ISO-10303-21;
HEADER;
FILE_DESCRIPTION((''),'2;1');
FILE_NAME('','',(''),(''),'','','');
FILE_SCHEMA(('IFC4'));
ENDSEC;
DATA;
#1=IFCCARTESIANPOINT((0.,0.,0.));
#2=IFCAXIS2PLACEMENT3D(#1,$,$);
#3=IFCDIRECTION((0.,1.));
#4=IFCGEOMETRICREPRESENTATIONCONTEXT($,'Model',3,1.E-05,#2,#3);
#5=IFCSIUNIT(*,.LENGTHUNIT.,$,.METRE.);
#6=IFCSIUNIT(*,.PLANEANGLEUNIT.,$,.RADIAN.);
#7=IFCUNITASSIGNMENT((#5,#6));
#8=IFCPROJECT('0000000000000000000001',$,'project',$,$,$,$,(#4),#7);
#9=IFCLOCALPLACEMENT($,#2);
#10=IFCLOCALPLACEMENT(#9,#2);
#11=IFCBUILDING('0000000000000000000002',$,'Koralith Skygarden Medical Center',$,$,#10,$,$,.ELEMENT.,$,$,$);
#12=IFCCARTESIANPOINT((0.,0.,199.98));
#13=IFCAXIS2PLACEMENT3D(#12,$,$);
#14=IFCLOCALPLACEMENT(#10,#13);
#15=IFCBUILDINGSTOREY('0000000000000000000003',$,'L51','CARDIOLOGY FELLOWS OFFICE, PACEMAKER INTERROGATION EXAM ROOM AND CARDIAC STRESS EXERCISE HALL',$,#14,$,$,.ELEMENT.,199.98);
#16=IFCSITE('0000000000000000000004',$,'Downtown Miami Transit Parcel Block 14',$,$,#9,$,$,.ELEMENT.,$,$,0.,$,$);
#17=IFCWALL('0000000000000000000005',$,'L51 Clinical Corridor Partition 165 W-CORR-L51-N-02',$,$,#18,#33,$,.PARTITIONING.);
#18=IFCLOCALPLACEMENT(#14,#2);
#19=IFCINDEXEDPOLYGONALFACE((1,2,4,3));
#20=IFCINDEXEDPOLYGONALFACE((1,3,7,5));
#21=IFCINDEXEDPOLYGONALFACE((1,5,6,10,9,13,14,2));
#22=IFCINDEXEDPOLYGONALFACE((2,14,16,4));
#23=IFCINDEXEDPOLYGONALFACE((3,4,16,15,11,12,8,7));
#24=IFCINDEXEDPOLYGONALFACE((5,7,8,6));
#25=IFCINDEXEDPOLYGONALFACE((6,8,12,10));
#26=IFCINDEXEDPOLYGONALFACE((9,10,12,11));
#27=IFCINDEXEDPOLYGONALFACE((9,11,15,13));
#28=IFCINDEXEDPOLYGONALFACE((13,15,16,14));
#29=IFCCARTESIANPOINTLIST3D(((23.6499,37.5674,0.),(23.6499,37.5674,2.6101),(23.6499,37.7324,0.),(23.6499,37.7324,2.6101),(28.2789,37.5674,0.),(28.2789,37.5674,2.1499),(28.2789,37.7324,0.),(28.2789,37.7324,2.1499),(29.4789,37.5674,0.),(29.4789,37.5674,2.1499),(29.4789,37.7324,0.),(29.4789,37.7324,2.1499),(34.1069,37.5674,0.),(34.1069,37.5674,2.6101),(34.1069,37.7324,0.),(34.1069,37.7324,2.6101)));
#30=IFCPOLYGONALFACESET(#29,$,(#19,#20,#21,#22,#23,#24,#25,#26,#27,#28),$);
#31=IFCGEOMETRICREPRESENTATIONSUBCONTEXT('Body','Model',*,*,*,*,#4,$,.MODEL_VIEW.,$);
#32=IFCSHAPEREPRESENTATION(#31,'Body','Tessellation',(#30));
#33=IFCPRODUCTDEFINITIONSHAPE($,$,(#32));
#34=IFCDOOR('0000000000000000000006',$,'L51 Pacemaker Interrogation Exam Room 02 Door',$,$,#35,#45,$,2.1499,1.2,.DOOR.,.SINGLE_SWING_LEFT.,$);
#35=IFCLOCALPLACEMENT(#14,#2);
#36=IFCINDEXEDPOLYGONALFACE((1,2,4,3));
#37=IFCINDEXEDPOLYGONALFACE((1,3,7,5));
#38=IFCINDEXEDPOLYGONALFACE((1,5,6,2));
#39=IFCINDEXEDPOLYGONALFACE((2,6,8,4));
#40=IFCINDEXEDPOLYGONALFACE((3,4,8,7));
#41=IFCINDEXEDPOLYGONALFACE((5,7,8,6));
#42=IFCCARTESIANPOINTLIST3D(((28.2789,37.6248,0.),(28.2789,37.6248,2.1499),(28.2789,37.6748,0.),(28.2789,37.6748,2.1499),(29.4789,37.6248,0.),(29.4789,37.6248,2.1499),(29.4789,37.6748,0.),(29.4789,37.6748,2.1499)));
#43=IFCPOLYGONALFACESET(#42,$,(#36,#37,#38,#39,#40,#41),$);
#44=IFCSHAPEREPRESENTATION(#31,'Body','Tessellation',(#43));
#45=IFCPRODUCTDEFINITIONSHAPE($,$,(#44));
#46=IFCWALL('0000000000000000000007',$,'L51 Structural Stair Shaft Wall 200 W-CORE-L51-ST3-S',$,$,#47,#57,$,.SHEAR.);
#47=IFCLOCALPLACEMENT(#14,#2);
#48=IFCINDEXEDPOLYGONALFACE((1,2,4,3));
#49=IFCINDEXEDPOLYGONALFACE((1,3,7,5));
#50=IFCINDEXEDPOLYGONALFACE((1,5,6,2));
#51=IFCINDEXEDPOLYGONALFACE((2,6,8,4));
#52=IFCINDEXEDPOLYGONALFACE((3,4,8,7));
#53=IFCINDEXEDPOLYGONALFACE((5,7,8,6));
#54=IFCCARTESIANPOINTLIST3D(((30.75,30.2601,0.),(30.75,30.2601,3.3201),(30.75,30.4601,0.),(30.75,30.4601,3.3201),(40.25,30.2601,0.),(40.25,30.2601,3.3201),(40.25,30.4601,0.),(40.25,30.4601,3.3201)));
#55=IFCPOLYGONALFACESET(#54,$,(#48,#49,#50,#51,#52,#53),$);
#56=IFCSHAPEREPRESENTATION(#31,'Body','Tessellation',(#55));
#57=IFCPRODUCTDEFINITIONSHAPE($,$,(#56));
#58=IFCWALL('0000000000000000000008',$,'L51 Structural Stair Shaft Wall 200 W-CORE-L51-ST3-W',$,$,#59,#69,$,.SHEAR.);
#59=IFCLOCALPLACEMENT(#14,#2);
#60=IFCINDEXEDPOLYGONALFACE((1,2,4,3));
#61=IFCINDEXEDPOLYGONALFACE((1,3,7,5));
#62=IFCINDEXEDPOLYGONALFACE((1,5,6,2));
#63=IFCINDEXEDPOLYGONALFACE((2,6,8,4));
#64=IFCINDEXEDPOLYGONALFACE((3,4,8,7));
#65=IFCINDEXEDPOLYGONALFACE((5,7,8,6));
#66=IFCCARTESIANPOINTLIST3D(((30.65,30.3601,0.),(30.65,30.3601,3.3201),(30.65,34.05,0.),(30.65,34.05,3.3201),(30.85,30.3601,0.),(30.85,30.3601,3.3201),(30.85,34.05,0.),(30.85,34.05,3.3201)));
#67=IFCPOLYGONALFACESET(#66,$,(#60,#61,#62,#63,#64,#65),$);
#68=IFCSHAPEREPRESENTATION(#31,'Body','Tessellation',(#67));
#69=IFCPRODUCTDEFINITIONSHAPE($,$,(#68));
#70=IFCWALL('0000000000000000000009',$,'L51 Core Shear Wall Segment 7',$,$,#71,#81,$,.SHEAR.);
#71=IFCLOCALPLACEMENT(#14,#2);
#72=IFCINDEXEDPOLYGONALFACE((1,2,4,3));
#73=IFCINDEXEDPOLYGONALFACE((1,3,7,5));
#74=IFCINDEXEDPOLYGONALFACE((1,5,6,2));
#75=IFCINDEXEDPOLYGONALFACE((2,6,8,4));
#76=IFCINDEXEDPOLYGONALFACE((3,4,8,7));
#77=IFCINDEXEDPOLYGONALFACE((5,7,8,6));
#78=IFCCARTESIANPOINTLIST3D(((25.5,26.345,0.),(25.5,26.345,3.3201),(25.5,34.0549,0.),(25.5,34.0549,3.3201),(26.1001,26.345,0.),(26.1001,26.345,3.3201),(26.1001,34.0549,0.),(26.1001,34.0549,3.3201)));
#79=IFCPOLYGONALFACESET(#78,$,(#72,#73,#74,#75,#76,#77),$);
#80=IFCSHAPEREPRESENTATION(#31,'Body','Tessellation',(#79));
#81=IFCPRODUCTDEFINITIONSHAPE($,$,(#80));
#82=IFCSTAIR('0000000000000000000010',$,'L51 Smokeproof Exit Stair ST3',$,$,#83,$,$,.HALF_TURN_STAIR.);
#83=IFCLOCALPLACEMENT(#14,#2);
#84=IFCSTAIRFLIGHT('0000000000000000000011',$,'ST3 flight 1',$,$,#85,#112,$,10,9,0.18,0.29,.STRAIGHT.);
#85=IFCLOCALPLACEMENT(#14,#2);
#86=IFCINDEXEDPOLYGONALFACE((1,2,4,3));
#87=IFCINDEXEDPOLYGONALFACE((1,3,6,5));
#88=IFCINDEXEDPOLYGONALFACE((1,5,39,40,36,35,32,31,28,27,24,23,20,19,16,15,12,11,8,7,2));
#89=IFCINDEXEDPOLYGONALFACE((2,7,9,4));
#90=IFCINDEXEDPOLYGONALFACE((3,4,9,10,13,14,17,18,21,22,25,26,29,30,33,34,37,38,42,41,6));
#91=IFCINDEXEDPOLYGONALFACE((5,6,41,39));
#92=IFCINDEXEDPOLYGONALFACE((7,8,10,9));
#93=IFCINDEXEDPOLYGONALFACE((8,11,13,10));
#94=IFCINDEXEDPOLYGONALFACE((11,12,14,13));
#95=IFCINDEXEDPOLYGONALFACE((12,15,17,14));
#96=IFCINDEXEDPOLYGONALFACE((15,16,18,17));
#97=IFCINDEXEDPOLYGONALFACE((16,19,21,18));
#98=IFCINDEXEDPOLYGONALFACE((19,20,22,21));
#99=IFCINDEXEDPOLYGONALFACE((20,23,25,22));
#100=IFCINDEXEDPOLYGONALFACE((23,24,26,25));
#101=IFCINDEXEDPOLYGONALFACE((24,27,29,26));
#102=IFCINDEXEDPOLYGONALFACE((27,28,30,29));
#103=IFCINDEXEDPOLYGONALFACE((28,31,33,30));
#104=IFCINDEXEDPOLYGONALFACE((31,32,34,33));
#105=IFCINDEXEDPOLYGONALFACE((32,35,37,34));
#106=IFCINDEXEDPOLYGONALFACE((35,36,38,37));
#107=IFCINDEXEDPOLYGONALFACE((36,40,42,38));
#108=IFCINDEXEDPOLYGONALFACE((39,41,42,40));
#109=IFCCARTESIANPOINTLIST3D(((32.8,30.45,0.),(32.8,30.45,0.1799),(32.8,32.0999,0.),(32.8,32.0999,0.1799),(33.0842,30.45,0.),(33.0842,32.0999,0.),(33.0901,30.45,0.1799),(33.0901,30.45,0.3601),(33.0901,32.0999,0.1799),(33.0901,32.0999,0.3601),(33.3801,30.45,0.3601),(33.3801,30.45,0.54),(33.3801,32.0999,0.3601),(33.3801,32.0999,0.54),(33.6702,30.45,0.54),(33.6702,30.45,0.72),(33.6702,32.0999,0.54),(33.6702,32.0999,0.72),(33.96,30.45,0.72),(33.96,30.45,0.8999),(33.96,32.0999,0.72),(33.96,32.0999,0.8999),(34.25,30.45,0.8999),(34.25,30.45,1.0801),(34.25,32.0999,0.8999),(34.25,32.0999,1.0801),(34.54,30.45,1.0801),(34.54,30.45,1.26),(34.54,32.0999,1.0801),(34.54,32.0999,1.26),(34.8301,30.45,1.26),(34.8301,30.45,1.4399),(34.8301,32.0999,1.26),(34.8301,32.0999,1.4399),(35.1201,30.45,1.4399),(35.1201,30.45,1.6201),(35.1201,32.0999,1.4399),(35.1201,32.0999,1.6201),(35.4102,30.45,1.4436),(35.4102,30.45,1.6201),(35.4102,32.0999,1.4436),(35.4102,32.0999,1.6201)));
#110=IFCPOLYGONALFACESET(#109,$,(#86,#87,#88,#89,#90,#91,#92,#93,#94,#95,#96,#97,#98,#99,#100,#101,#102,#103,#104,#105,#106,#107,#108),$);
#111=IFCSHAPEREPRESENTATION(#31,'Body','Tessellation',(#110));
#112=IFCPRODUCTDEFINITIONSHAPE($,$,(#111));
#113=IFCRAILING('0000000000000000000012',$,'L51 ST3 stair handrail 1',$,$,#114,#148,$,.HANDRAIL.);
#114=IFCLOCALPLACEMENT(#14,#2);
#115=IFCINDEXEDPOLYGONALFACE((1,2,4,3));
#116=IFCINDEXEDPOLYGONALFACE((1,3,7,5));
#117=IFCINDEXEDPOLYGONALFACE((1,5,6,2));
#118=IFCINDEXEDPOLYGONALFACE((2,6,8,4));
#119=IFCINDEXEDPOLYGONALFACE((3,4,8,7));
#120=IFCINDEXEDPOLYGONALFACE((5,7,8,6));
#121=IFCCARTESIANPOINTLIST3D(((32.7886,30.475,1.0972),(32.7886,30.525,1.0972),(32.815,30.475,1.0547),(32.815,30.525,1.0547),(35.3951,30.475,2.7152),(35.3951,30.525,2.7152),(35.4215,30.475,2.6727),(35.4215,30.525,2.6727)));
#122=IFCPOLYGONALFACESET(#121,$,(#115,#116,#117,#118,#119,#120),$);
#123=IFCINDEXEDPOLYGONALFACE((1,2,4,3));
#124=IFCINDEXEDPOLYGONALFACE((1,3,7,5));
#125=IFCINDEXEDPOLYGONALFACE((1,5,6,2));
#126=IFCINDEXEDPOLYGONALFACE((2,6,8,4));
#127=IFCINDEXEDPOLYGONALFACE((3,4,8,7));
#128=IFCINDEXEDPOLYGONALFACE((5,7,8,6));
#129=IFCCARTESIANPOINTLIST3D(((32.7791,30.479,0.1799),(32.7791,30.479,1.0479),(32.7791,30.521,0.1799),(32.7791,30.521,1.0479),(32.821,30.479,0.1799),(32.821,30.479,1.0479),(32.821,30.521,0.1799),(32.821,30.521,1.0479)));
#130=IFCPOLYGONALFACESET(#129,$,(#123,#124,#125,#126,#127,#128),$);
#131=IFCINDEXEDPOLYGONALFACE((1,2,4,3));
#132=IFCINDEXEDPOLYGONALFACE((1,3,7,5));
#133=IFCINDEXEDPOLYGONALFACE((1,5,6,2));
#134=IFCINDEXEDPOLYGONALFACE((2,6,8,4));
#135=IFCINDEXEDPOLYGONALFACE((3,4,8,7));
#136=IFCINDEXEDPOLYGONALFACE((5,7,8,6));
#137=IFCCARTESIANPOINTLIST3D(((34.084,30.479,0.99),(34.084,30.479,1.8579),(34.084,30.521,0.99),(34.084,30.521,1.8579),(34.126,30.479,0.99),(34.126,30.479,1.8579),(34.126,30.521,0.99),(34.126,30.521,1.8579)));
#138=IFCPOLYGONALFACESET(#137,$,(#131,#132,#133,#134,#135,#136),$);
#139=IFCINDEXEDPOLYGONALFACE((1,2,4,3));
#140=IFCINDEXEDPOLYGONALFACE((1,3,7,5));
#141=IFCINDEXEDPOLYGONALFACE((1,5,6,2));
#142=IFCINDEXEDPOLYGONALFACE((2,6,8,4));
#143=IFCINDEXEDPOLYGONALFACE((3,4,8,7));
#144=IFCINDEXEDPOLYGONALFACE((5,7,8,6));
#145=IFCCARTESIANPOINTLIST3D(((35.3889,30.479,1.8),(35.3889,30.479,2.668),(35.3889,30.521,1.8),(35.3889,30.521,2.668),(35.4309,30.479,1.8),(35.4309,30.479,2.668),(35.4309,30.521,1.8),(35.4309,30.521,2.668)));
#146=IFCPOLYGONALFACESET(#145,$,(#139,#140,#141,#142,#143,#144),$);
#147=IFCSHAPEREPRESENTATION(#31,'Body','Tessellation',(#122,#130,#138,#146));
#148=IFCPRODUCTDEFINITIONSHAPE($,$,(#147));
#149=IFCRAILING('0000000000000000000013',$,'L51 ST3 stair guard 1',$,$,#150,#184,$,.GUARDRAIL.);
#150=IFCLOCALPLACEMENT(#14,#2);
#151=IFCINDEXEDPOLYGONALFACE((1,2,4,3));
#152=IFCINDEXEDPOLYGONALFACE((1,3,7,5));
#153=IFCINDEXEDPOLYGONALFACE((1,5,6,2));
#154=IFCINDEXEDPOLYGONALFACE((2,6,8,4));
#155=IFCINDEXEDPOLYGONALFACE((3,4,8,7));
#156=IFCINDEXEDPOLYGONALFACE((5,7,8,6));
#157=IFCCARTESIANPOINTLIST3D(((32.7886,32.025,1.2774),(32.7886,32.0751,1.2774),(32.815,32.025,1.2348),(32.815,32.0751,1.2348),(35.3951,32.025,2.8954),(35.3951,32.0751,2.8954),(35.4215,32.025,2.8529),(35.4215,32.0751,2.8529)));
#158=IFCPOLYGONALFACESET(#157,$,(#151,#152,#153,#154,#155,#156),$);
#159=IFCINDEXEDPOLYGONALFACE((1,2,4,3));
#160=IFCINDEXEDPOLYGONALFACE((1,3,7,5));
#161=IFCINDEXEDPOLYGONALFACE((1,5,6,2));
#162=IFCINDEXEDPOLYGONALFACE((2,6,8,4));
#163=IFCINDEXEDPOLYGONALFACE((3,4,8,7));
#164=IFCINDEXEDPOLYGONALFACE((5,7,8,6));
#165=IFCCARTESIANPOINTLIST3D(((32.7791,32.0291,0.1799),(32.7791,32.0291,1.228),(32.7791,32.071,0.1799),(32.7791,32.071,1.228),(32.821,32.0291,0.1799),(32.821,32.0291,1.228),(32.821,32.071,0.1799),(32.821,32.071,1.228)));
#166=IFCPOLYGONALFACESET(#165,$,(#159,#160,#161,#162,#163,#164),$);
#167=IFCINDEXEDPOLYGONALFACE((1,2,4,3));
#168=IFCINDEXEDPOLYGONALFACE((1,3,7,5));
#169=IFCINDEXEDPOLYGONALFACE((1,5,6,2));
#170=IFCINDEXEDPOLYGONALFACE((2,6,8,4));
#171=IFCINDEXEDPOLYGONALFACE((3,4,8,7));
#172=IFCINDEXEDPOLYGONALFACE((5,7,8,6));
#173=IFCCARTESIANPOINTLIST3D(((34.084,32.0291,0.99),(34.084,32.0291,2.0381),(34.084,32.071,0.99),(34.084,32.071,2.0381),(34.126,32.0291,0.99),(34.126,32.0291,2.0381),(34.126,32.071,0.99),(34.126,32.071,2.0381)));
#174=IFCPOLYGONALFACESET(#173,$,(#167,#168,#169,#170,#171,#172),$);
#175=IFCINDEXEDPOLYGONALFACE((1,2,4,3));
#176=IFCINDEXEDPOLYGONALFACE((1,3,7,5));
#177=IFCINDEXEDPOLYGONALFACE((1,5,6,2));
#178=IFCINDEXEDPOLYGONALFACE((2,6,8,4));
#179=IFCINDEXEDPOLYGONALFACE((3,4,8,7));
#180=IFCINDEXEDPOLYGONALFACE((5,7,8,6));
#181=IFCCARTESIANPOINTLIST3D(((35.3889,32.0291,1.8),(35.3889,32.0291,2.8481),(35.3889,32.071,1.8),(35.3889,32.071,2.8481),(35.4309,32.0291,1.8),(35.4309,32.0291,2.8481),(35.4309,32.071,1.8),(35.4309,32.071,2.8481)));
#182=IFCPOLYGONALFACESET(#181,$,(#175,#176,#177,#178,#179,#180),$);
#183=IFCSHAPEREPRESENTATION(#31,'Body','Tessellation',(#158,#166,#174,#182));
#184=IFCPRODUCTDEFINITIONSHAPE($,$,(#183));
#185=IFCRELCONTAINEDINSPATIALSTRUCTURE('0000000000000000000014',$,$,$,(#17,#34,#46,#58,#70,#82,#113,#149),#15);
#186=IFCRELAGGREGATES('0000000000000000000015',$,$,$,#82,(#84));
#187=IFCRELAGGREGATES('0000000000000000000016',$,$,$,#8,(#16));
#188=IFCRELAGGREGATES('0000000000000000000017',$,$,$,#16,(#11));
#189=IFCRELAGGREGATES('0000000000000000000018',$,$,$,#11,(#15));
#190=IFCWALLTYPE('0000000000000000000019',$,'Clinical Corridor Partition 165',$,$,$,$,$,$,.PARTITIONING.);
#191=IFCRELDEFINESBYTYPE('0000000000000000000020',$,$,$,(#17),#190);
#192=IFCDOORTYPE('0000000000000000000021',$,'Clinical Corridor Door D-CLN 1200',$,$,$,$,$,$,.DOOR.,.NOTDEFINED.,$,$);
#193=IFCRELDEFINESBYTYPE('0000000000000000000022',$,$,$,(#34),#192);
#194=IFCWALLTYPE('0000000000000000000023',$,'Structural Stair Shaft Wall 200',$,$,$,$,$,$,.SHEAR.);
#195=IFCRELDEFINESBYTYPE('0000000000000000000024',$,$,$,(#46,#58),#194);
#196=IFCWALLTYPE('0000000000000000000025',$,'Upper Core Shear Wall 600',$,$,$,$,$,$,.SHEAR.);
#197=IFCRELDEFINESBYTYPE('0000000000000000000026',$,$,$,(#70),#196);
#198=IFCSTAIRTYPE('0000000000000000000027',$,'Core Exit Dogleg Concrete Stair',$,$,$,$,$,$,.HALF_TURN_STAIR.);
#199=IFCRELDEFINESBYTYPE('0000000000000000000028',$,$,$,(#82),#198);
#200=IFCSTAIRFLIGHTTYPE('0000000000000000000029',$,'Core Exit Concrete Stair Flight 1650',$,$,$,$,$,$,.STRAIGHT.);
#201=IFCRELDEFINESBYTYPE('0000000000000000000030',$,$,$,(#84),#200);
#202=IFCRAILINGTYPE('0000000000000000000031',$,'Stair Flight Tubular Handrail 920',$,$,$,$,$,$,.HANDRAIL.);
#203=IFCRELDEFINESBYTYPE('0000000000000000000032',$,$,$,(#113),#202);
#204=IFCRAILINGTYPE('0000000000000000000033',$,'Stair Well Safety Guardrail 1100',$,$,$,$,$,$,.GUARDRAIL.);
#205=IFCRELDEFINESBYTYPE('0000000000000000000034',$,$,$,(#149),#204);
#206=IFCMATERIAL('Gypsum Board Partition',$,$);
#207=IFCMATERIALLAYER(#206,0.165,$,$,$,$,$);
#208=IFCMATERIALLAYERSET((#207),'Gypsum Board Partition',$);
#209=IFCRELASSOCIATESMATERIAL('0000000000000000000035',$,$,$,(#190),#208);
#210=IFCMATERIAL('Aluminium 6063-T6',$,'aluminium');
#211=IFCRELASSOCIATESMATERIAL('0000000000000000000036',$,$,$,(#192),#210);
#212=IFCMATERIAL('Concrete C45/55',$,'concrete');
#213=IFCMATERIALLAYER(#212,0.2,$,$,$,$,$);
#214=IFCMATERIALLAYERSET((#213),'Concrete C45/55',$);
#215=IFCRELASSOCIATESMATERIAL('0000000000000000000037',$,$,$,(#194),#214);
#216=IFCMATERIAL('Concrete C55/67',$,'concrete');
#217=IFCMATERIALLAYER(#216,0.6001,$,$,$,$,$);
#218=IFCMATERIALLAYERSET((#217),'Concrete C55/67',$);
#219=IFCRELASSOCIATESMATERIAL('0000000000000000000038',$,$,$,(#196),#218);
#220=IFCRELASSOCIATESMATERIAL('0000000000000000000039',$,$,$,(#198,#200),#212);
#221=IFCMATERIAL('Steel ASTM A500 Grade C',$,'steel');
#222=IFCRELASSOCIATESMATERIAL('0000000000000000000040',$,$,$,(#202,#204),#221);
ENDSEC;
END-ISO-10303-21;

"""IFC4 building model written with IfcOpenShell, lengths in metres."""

from ifc_helpers import new_model, si_unit, direction, frame, frame_2d, origin, origin_2d, place, context, subcontext, project, spatial, polyline, rectangle, outline, extrude, material, layer, layer_set, type_object, element, fill, aggregate, save


model = new_model("IFC4")

# Units and contexts
model_context = context("Model", 3, precision=1e-05, world=origin(), true_north=direction((0.0, 1.0)))
body_context = subcontext(model_context, "Body", "Model", "MODEL_VIEW")
ifc_project = project(units=[si_unit("LENGTHUNIT", "METRE"), si_unit("PLANEANGLEUNIT", "RADIAN")], contexts=[model_context])

# Site, building, storey
site_placement = place(None, origin())
site = spatial("IfcSite", under=ifc_project, at=site_placement, Name="Downtown Miami Transit Parcel Block 14", CompositionType="ELEMENT", RefElevation=0.0)
building_placement = place(site_placement, origin())
building = spatial("IfcBuilding", under=site, at=building_placement, Name="Koralith Skygarden Medical Center", CompositionType="ELEMENT")
storey_placement = place(building_placement, frame((0.0, 0.0, 199.98)))
storey = spatial("IfcBuildingStorey", under=building, at=storey_placement, Name="L51", Description="CARDIOLOGY FELLOWS OFFICE, PACEMAKER INTERROGATION EXAM ROOM AND CARDIAC STRESS EXERCISE HALL", CompositionType="ELEMENT", Elevation=199.98)

# Shared definitions
ifc_material_1 = material(Name="Concrete C55/67", Category="concrete")

# Shared definitions
ifc_material_2 = material(Name="Aluminium 6063-T6", Category="aluminium")

# Shared definitions
ifc_material_3 = material(Name="Concrete C45/55", Category="concrete")

# Wall, opening, door
ifc_material_4 = material(Name="Gypsum Board Partition")
ifc_layer_1 = layer(ifc_material_4, 0.165)
ifc_layer_set_1 = layer_set([ifc_layer_1], Name="Gypsum Board Partition")
wall_type_1 = type_object("IfcWallType", Name="Clinical Corridor Partition 165", PredefinedType="PARTITIONING", material=ifc_layer_set_1)
wall_1_placement = place(storey_placement, frame((23.6499, 37.6499, 0.0), z_axis=(0.0, 0.0, 1.0), x_axis=(1.0, 0.0, 0.0)))
wall_1 = element("IfcWall", 1, at=wall_1_placement, inside=storey, type_object=wall_type_1, Name="L51 Clinical Corridor Partition 165 W-CORR-L51-N-02", PredefinedType="PARTITIONING", context=body_context, shape_type="SweptSolid", body=[
    extrude(rectangle(XDim=10.457, YDim=0.165, at=frame_2d((5.2285, 0.0))), origin(), (0.0, 0.0, 1.0), 2.6101),
])
opening_placement = place(wall_1_placement, frame((4.6289, 0.0, 0.0)))
opening = element("IfcOpeningElement", 2, at=opening_placement, cuts=wall_1, PredefinedType="OPENING", context=body_context, shape_type="SweptSolid", body=[
    extrude(rectangle(XDim=1.2, YDim=2.1499, at=frame_2d((0.6001, 1.075))), frame((0.0, 0.0925, 0.0), z_axis=(0.0, -1.0, 0.0), x_axis=(1.0, 0.0, 0.0)), (0.0, 0.0, 1.0), 0.1851),
])
door_type = type_object("IfcDoorType", Name="Clinical Corridor Door D-CLN 1200", OperationType="NOTDEFINED", PredefinedType="DOOR", material=ifc_material_2)
door_placement = place(opening_placement, origin())
door = element("IfcDoor", 3, at=door_placement, inside=storey, type_object=door_type, Name="L51 Pacemaker Interrogation Exam Room 02 Door", OperationType="SINGLE_SWING_LEFT", OverallHeight=2.1499, OverallWidth=1.2, PredefinedType="DOOR", context=body_context, shape_type="SweptSolid", body=[
    extrude(rectangle(XDim=1.2, YDim=2.1499, at=frame_2d((0.6001, 1.075))), frame((0.0, 0.0249, 0.0), z_axis=(0.0, -1.0, 0.0), x_axis=(1.0, 0.0, 0.0)), (0.0, 0.0, 1.0), 0.05),
])
fill(opening, door)

# Walls
ifc_layer_2 = layer(ifc_material_3, 0.2)
ifc_layer_set_2 = layer_set([ifc_layer_2], Name="Concrete C45/55")
wall_type_2 = type_object("IfcWallType", Name="Structural Stair Shaft Wall 200", PredefinedType="SHEAR", material=ifc_layer_set_2)
wall_2_placement = place(storey_placement, frame((30.75, 30.3601, 0.0), z_axis=(0.0, 0.0, 1.0), x_axis=(1.0, 0.0, 0.0)))
element("IfcWall", 4, at=wall_2_placement, inside=storey, type_object=wall_type_2, Name="L51 Structural Stair Shaft Wall 200 W-CORE-L51-ST3-S", PredefinedType="SHEAR", context=body_context, shape_type="SweptSolid", body=[
    extrude(rectangle(XDim=9.5, YDim=0.2, at=frame_2d((4.75, 0.0))), origin(), (0.0, 0.0, 1.0), 3.3201),
])
wall_3_placement = place(storey_placement, frame((30.75, 30.3601, 0.0), z_axis=(0.0, 0.0, 1.0), x_axis=(0.0, 1.0, 0.0)))
element("IfcWall", 5, at=wall_3_placement, inside=storey, type_object=wall_type_2, Name="L51 Structural Stair Shaft Wall 200 W-CORE-L51-ST3-W", PredefinedType="SHEAR", context=body_context, shape_type="SweptSolid", body=[
    extrude(rectangle(XDim=3.6899, YDim=0.2, at=frame_2d((1.845, 0.0))), origin(), (0.0, 0.0, 1.0), 3.3201),
])
ifc_layer_3 = layer(ifc_material_1, 0.6001)
ifc_layer_set_3 = layer_set([ifc_layer_3], Name="Concrete C55/67")
wall_type_3 = type_object("IfcWallType", Name="Upper Core Shear Wall 600", PredefinedType="SHEAR", material=ifc_layer_set_3)
wall_4_placement = place(storey_placement, frame((25.8, 34.0549, 0.0), z_axis=(0.0, 0.0, 1.0), x_axis=(0.0, -1.0, 0.0)))
element("IfcWall", 6, at=wall_4_placement, inside=storey, type_object=wall_type_3, Name="L51 Core Shear Wall Segment 7", PredefinedType="SHEAR", context=body_context, shape_type="SweptSolid", body=[
    extrude(rectangle(XDim=7.71, YDim=0.6001, at=frame_2d((3.855, 0.0))), origin(), (0.0, 0.0, 1.0), 3.3201),
])

# Stair, stair flight
stair_type = type_object("IfcStairType", Name="Core Exit Dogleg Concrete Stair", PredefinedType="HALF_TURN_STAIR", material=ifc_material_3)
stair_placement = place(storey_placement, origin())
stair = element("IfcStair", 7, at=stair_placement, inside=storey, type_object=stair_type, Name="L51 Smokeproof Exit Stair ST3", PredefinedType="HALF_TURN_STAIR")
stair_flight_type = type_object("IfcStairFlightType", Name="Core Exit Concrete Stair Flight 1650", PredefinedType="STRAIGHT", material=ifc_material_3)
stair_flight_placement = place(storey_placement, frame((32.8, 31.2749, 0.0), z_axis=(0.0, 0.0, 1.0), x_axis=(1.0, 0.0, 0.0)))
stair_flight = element("IfcStairFlight", 8, at=stair_flight_placement, type_object=stair_flight_type, Name="ST3 flight 1", NumberOfRisers=10, NumberOfTreads=9, PredefinedType="STRAIGHT", RiserHeight=0.18, TreadLength=0.29, context=body_context, shape_type="SweptSolid", body=[
    extrude(outline(polyline([(0.0, 0.0), (0.0, 0.1799), (0.29, 0.1799), (0.29, 0.3601), (0.5801, 0.3601), (0.5801, 0.54), (0.8701, 0.54), (0.8701, 0.72), (1.1599, 0.72), (1.1599, 0.8999), (1.45, 0.8999), (1.45, 1.0801), (1.74, 1.0801), (1.74, 1.26), (2.03, 1.26), (2.03, 1.4399), (2.3201, 1.4399), (2.3201, 1.6201), (2.6101, 1.6201), (2.6101, 1.8), (2.6101, 1.4436), (0.2842, 0.0), (0.0, 0.0)])), frame((0.0, 0.825, 0.0), z_axis=(0.0, -1.0, 0.0), x_axis=(1.0, 0.0, 0.0)), (0.0, 0.0, 1.0), 1.6499),
])
aggregate(stair, [stair_flight])

# Railings
ifc_material_5 = material(Name="Steel ASTM A500 Grade C", Category="steel")
railing_type_1 = type_object("IfcRailingType", Name="Stair Flight Tubular Handrail 920", PredefinedType="HANDRAIL", material=ifc_material_5)
railing_1_placement = place(storey_placement, frame((32.8, 30.5, 0.1799)))
element("IfcRailing", 9, at=railing_1_placement, inside=storey, type_object=railing_type_1, Name="L51 ST3 stair handrail 1", PredefinedType="HANDRAIL", context=body_context, shape_type="SweptSolid", body=[
    extrude(rectangle(XDim=0.05, YDim=0.05, at=origin_2d()), frame((0.0017, 0.0, 0.896), z_axis=(0.849611, 0.0, 0.52741), x_axis=(0.0, 1.0, 0.0)), (0.0, 0.0, 1.0), 3.0679),
    extrude(rectangle(XDim=0.042, YDim=0.042, at=origin_2d()), origin(), (0.0, 0.0, 1.0), 0.8679),
    extrude(rectangle(XDim=0.042, YDim=0.042, at=origin_2d()), frame((1.3049, 0.0, 0.8101)), (0.0, 0.0, 1.0), 0.8679),
    extrude(rectangle(XDim=0.042, YDim=0.042, at=origin_2d()), frame((2.6099, 0.0, 1.6201)), (0.0, 0.0, 1.0), 0.8679),
])
railing_type_2 = type_object("IfcRailingType", Name="Stair Well Safety Guardrail 1100", PredefinedType="GUARDRAIL", material=ifc_material_5)
railing_2_placement = place(storey_placement, frame((32.8, 32.05, 0.1799)))
element("IfcRailing", 10, at=railing_2_placement, inside=storey, type_object=railing_type_2, Name="L51 ST3 stair guard 1", PredefinedType="GUARDRAIL", context=body_context, shape_type="SweptSolid", body=[
    extrude(rectangle(XDim=0.05, YDim=0.05, at=origin_2d()), frame((0.0017, 0.0, 1.0762), z_axis=(0.849611, 0.0, 0.52741), x_axis=(0.0, 1.0, 0.0)), (0.0, 0.0, 1.0), 3.0679),
    extrude(rectangle(XDim=0.042, YDim=0.042, at=origin_2d()), origin(), (0.0, 0.0, 1.0), 1.0481),
    extrude(rectangle(XDim=0.042, YDim=0.042, at=origin_2d()), frame((1.3049, 0.0, 0.8101)), (0.0, 0.0, 1.0), 1.0481),
    extrude(rectangle(XDim=0.042, YDim=0.042, at=origin_2d()), frame((2.6099, 0.0, 1.6201)), (0.0, 0.0, 1.0), 1.0481),
])

save(model, "model.ifc")
